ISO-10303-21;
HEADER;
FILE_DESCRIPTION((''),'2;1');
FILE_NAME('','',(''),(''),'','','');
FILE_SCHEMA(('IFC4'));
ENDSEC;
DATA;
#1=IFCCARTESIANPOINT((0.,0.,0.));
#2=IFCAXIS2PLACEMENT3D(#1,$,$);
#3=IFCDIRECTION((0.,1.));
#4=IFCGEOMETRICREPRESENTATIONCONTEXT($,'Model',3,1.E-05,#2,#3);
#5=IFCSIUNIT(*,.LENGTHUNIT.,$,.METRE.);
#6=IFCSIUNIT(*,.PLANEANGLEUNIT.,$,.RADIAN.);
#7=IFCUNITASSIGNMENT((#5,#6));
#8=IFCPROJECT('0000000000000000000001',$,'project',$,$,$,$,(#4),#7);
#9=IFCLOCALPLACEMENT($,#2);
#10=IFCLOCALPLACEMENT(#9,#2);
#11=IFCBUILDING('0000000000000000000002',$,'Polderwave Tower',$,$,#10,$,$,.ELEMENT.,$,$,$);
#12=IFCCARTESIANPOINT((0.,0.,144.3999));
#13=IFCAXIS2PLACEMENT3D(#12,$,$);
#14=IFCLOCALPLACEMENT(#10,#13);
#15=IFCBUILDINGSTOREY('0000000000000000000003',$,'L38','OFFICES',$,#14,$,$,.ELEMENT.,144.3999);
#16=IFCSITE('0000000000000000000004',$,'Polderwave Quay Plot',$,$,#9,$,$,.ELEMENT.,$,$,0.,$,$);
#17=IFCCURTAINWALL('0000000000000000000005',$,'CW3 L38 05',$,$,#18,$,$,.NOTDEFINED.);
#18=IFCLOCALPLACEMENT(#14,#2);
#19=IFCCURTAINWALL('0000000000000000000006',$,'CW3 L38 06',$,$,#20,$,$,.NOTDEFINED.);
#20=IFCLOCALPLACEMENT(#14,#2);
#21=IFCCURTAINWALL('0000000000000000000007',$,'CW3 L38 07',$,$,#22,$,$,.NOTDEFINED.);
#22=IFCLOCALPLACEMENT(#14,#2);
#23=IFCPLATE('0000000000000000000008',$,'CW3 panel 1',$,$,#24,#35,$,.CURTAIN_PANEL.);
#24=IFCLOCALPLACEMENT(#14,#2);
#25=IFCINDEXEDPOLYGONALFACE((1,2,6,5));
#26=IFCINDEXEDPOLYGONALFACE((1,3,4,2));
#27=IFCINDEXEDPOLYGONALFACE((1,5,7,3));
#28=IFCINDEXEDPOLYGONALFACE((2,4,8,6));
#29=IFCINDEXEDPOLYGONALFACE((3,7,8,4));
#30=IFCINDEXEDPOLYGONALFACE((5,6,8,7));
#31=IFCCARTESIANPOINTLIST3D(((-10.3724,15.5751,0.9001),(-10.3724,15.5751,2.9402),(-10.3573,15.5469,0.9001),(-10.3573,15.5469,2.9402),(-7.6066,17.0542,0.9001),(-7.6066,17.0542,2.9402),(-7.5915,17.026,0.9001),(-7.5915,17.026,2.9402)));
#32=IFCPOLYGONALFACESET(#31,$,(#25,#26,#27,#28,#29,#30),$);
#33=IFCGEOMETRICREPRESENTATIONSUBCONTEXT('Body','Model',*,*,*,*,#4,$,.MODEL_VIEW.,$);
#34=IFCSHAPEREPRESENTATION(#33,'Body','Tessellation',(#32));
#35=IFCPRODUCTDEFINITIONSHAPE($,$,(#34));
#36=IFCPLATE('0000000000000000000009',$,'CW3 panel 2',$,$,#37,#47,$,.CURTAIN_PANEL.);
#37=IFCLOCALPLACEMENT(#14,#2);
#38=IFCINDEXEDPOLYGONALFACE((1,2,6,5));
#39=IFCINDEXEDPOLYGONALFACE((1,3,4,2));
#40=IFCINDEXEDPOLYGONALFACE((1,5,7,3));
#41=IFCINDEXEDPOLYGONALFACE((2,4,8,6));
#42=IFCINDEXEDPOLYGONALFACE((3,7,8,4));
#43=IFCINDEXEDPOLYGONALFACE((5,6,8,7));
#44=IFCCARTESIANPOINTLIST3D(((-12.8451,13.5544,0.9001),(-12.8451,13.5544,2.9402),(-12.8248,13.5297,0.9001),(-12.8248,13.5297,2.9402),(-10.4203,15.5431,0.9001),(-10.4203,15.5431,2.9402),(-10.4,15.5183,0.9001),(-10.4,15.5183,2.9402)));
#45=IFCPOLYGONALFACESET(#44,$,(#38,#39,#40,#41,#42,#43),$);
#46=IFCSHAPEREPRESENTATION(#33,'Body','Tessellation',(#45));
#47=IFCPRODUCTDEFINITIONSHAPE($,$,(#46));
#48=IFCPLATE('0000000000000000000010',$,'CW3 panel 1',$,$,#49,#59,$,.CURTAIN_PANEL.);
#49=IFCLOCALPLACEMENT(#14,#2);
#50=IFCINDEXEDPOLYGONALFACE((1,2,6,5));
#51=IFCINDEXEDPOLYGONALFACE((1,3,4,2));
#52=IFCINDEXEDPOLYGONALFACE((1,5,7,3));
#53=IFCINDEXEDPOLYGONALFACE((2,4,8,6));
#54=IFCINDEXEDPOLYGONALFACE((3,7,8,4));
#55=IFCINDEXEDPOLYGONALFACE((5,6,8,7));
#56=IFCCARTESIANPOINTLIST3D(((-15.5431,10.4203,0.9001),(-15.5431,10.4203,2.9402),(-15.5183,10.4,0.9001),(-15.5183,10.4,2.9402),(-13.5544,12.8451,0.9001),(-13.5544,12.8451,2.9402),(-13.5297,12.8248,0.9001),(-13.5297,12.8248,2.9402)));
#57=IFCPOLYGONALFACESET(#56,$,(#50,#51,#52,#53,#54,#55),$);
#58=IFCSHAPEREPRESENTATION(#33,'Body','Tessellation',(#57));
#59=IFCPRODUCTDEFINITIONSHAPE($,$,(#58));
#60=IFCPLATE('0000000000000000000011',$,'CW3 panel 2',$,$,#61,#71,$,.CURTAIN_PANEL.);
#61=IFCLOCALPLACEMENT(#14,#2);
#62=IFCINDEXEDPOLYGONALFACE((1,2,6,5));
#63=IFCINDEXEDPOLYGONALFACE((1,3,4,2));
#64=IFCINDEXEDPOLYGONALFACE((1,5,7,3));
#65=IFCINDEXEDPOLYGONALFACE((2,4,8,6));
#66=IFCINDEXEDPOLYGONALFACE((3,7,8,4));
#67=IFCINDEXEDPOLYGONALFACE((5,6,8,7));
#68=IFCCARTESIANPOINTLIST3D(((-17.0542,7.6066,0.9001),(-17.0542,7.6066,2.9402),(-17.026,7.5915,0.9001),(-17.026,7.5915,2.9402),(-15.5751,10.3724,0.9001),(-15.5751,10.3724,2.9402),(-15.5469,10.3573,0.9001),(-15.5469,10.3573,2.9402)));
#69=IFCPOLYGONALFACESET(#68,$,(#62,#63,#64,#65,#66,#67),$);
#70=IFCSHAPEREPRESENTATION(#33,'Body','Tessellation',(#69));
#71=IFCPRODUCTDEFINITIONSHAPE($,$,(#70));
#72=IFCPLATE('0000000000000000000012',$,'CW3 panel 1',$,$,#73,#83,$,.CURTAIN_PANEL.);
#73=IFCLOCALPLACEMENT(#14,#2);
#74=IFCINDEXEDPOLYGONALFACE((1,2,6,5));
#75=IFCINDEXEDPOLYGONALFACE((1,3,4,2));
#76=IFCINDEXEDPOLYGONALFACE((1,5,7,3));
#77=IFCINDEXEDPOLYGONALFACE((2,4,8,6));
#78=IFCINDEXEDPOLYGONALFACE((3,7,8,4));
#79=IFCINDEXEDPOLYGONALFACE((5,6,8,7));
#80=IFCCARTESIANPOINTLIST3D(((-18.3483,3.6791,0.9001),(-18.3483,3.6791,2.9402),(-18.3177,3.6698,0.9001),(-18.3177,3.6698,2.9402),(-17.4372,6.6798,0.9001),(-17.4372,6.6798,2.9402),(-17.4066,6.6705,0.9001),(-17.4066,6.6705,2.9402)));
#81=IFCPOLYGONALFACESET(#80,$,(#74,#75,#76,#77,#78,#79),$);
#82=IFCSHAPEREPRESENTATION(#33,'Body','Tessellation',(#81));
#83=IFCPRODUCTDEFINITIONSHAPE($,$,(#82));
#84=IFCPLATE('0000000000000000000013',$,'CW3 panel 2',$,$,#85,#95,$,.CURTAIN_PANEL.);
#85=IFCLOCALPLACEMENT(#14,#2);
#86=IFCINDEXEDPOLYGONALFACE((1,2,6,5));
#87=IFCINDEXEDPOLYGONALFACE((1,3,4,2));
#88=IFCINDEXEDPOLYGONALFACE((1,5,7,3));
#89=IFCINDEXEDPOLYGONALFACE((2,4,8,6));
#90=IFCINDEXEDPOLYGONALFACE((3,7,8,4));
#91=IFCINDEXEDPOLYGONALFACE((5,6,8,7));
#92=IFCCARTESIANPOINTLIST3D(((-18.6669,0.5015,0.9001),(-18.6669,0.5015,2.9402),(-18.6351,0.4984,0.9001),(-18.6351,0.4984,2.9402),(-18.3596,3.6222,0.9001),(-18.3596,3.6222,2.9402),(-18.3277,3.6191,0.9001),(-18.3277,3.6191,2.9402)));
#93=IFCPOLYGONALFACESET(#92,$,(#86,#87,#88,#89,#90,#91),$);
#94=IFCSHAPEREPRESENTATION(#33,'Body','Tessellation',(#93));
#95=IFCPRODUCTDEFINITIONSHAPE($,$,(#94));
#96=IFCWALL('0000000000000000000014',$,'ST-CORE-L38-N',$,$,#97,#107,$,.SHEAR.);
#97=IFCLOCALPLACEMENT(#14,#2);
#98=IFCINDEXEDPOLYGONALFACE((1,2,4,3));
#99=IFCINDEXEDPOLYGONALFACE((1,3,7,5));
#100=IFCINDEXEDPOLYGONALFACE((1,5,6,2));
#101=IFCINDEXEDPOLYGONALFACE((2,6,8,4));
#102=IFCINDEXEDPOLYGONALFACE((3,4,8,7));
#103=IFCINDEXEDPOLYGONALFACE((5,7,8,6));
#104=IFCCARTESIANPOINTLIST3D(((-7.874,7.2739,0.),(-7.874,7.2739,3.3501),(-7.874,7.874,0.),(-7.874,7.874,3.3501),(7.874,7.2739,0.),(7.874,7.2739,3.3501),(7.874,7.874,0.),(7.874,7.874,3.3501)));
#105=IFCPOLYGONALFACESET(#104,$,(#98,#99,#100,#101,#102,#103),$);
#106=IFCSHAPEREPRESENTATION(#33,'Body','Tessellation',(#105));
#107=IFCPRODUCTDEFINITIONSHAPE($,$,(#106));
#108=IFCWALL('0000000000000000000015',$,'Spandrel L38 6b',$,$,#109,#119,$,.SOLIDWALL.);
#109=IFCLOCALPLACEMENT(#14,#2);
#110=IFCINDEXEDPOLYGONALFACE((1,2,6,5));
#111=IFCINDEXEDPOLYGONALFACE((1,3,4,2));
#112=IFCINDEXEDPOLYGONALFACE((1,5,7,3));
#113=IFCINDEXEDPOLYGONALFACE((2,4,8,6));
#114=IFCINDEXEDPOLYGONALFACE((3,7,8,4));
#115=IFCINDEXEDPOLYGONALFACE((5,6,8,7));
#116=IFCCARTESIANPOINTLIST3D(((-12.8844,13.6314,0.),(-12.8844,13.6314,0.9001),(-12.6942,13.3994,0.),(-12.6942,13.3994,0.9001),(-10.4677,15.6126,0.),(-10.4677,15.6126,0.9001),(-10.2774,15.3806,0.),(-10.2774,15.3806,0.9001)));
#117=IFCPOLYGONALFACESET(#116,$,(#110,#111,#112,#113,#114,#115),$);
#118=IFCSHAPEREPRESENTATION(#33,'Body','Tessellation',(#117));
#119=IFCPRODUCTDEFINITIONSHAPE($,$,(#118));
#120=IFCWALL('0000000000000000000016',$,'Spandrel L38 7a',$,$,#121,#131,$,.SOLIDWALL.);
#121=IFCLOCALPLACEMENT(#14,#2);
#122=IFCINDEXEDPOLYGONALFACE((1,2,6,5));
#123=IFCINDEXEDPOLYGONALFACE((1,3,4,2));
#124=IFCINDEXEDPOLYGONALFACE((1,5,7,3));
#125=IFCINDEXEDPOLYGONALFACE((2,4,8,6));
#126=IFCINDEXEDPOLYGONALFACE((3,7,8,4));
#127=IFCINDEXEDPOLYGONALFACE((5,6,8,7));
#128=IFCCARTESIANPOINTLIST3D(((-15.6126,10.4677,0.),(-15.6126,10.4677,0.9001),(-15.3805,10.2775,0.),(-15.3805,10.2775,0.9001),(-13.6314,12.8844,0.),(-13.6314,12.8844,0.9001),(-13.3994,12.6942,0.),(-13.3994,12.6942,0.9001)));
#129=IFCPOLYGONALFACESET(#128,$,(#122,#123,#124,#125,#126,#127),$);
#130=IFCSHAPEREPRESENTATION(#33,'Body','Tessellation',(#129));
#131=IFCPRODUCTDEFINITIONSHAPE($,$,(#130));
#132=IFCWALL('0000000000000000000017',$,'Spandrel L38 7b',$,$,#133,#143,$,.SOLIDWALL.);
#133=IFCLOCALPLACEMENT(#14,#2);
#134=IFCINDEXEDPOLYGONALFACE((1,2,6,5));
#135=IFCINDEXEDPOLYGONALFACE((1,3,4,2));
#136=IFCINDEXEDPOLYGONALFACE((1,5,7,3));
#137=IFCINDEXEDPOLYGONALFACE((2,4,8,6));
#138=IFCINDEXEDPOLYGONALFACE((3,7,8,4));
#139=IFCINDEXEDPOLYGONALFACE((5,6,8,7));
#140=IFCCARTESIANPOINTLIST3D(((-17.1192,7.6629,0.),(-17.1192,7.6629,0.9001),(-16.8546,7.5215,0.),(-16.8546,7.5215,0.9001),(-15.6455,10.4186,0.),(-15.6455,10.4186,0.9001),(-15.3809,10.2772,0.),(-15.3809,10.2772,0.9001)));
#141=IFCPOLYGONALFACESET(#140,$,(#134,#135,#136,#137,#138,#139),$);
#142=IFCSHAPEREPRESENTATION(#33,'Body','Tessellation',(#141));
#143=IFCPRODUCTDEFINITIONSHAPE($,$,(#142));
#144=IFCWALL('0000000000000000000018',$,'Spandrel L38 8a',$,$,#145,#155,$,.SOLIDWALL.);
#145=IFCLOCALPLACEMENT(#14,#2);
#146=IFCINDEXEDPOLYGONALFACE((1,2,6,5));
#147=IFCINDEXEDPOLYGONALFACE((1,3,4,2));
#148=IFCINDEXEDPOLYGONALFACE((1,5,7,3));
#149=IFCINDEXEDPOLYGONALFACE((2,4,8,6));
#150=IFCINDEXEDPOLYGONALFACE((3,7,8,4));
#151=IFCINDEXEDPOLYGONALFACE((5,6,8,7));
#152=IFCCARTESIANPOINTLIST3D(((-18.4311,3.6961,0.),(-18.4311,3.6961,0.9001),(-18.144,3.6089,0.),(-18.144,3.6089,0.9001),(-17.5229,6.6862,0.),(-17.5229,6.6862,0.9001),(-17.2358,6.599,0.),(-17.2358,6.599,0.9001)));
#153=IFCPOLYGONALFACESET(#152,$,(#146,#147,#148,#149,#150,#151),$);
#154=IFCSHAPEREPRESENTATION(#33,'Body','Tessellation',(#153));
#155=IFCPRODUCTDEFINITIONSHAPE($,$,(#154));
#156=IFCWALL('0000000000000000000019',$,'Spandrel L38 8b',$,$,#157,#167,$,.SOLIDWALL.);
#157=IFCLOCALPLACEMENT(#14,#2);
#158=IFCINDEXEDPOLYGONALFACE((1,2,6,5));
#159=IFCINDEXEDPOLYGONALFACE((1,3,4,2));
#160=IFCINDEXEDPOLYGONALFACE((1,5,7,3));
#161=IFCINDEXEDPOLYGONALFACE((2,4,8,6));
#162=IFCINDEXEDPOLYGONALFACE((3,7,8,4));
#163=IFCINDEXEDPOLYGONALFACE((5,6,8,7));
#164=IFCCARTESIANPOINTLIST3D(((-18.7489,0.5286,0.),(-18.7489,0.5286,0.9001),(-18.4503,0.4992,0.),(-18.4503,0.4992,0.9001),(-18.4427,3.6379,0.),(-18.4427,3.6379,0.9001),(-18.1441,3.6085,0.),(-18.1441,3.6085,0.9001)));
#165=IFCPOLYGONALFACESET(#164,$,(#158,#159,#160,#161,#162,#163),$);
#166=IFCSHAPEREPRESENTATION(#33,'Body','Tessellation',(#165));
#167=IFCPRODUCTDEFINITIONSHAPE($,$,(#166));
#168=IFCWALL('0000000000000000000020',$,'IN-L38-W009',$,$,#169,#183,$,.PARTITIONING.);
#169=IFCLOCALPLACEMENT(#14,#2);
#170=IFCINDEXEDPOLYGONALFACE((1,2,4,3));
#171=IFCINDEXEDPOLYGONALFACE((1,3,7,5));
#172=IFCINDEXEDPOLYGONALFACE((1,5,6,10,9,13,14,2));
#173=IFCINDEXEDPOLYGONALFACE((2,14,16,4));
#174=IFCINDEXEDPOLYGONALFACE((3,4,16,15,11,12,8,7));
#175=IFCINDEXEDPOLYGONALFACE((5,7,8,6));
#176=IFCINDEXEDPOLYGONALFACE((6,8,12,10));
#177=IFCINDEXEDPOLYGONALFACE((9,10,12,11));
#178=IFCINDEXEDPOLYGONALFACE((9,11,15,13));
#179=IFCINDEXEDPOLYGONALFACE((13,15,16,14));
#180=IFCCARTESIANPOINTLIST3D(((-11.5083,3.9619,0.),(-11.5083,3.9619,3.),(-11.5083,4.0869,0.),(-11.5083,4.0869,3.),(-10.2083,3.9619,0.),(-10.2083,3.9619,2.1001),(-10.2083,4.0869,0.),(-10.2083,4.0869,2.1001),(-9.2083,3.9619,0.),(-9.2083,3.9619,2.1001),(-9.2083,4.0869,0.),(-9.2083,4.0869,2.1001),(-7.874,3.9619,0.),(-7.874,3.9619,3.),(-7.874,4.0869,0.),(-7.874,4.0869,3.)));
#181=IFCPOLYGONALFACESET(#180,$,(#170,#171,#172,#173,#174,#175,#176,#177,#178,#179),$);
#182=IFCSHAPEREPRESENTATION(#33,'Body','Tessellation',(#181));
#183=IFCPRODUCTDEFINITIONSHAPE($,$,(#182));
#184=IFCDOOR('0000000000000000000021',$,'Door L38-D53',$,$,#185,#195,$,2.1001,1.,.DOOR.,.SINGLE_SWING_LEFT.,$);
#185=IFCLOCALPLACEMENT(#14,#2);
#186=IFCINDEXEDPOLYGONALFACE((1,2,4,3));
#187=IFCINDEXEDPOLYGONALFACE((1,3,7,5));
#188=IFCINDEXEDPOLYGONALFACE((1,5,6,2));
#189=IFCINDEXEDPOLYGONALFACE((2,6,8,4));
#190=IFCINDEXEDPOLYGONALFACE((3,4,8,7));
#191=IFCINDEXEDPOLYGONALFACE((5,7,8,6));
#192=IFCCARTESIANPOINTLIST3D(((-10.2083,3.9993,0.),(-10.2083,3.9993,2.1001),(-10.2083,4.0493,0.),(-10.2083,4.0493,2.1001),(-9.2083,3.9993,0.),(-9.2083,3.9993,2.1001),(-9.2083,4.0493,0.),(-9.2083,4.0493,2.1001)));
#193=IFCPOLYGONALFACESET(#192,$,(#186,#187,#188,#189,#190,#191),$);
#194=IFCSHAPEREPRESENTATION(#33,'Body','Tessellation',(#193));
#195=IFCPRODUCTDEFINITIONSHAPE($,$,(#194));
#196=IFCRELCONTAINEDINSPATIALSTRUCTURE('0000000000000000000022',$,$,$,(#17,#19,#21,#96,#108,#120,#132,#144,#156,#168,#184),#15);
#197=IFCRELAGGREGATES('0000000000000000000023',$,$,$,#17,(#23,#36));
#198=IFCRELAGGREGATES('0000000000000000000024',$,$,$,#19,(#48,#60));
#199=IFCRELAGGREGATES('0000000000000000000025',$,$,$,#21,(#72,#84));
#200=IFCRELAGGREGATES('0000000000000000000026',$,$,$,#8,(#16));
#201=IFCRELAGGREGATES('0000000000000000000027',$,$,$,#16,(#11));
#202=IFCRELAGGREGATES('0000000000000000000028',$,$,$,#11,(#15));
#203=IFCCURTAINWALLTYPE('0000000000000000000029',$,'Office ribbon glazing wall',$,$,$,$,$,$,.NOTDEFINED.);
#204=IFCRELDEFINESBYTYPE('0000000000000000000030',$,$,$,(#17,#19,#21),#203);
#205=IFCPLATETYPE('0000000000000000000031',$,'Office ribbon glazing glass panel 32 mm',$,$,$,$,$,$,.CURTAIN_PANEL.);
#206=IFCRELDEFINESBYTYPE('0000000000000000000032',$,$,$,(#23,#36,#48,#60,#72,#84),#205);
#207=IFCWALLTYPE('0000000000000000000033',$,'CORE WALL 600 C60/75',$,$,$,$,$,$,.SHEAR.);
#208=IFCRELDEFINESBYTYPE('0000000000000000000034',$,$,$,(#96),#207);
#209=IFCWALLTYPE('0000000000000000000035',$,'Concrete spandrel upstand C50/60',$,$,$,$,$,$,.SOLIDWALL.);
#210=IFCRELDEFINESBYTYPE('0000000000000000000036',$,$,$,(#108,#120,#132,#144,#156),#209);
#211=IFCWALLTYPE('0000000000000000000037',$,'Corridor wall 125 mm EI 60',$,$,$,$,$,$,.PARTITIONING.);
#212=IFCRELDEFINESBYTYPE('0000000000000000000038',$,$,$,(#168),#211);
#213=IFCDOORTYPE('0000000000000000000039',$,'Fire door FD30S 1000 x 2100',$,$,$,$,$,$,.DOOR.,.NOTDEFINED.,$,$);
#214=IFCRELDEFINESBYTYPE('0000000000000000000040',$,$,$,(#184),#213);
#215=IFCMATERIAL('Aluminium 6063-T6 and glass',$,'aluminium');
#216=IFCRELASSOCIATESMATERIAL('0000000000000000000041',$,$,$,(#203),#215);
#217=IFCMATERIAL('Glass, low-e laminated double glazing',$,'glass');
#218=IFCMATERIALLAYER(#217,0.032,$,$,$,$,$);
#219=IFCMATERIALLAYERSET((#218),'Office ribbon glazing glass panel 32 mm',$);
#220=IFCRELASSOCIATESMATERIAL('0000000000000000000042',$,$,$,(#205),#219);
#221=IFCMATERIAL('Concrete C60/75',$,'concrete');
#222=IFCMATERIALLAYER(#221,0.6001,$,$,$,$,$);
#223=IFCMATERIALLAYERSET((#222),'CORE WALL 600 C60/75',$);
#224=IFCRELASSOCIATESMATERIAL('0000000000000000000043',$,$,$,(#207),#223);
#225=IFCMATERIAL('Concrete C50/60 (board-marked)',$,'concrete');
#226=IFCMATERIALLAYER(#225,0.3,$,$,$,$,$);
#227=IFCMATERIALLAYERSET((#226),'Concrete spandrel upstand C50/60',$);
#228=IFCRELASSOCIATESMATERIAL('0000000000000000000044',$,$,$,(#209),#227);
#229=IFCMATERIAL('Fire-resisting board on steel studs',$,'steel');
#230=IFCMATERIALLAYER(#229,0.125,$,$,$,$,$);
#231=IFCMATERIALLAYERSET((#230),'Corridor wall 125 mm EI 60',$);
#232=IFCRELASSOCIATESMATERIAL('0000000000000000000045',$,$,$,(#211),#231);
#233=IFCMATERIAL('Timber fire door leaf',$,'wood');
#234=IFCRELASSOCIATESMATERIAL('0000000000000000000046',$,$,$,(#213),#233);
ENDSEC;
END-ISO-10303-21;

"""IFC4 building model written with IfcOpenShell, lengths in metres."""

from ifc_helpers import new_model, si_unit, direction, frame, frame_2d, origin, origin_2d, place, context, subcontext, project, spatial, rectangle, extrude, material, layer, layer_set, type_object, element, fill, aggregate, save


model = new_model("IFC4")

# Units and contexts
model_context = context("Model", 3, precision=1e-05, world=origin(), true_north=direction((0.0, 1.0)))
body_context = subcontext(model_context, "Body", "Model", "MODEL_VIEW")
ifc_project = project(units=[si_unit("LENGTHUNIT", "METRE"), si_unit("PLANEANGLEUNIT", "RADIAN")], contexts=[model_context])

# Site, building, storey
site_placement = place(None, origin())
site = spatial("IfcSite", under=ifc_project, at=site_placement, Name="Polderwave Quay Plot", CompositionType="ELEMENT", RefElevation=0.0)
building_placement = place(site_placement, origin())
building = spatial("IfcBuilding", under=site, at=building_placement, Name="Polderwave Tower", CompositionType="ELEMENT")
storey_placement = place(building_placement, frame((0.0, 0.0, 144.3999)))
storey = spatial("IfcBuildingStorey", under=building, at=storey_placement, Name="L38", Description="OFFICES", CompositionType="ELEMENT", Elevation=144.3999)

# Shared definitions
ifc_material_1 = material(Name="Concrete C60/75", Category="concrete")

# Curtain walls
ifc_material_2 = material(Name="Aluminium 6063-T6 and glass", Category="aluminium")
curtain_wall_type = type_object("IfcCurtainWallType", Name="Office ribbon glazing wall", PredefinedType="NOTDEFINED", material=ifc_material_2)
curtain_wall_1_placement = place(storey_placement, origin())
curtain_wall_1 = element("IfcCurtainWall", 1, at=curtain_wall_1_placement, inside=storey, type_object=curtain_wall_type, Name="CW3 L38 05", PredefinedType="NOTDEFINED")
curtain_wall_2_placement = place(storey_placement, origin())
curtain_wall_2 = element("IfcCurtainWall", 2, at=curtain_wall_2_placement, inside=storey, type_object=curtain_wall_type, Name="CW3 L38 06", PredefinedType="NOTDEFINED")
curtain_wall_3_placement = place(storey_placement, origin())
curtain_wall_3 = element("IfcCurtainWall", 3, at=curtain_wall_3_placement, inside=storey, type_object=curtain_wall_type, Name="CW3 L38 07", PredefinedType="NOTDEFINED")

# Plates
ifc_material_3 = material(Name="Glass, low-e laminated double glazing", Category="glass")
ifc_layer_1 = layer(ifc_material_3, 0.032)
ifc_layer_set_1 = layer_set([ifc_layer_1], Name="Office ribbon glazing glass panel 32 mm")
plate_type = type_object("IfcPlateType", Name="Office ribbon glazing glass panel 32 mm", PredefinedType="CURTAIN_PANEL", material=ifc_layer_set_1)
plate_1_placement = place(storey_placement, frame((-8.9819, 16.3005, 0.9001), z_axis=(0.0, 0.0, 1.0), x_axis=(-0.881827, -0.471572, 0.0)))
plate_1 = element("IfcPlate", 4, at=plate_1_placement, type_object=plate_type, Name="CW3 panel 1", PredefinedType="CURTAIN_PANEL", context=body_context, shape_type="SweptSolid", body=[
    extrude(rectangle(XDim=3.1365, YDim=0.032, at=origin_2d()), origin(), (0.0, 0.0, 1.0), 2.04),
])
plate_2_placement = place(storey_placement, frame((-11.6226, 14.5364, 0.9001), z_axis=(0.0, 0.0, 1.0), x_axis=(-0.773224, -0.634133, 0.0)))
plate_2 = element("IfcPlate", 5, at=plate_2_placement, type_object=plate_type, Name="CW3 panel 2", PredefinedType="CURTAIN_PANEL", context=body_context, shape_type="SweptSolid", body=[
    extrude(rectangle(XDim=3.136, YDim=0.032, at=origin_2d()), origin(), (0.0, 0.0, 1.0), 2.04),
])
aggregate(curtain_wall_1, [plate_1, plate_2])
plate_3_placement = place(storey_placement, frame((-14.5364, 11.6226, 0.9001), z_axis=(0.0, 0.0, 1.0), x_axis=(-0.634133, -0.773224, 0.0)))
plate_3 = element("IfcPlate", 6, at=plate_3_placement, type_object=plate_type, Name="CW3 panel 1", PredefinedType="CURTAIN_PANEL", context=body_context, shape_type="SweptSolid", body=[
    extrude(rectangle(XDim=3.136, YDim=0.032, at=origin_2d()), origin(), (0.0, 0.0, 1.0), 2.04),
])
plate_4_placement = place(storey_placement, frame((-16.3005, 8.9819, 0.9001), z_axis=(0.0, 0.0, 1.0), x_axis=(-0.471572, -0.881827, 0.0)))
plate_4 = element("IfcPlate", 7, at=plate_4_placement, type_object=plate_type, Name="CW3 panel 2", PredefinedType="CURTAIN_PANEL", context=body_context, shape_type="SweptSolid", body=[
    extrude(rectangle(XDim=3.1365, YDim=0.032, at=origin_2d()), origin(), (0.0, 0.0, 1.0), 2.04),
])
aggregate(curtain_wall_2, [plate_3, plate_4])
plate_5_placement = place(storey_placement, frame((-17.8774, 5.1748, 0.9001), z_axis=(0.0, 0.0, 1.0), x_axis=(-0.290507, -0.956873, 0.0)))
plate_5 = element("IfcPlate", 8, at=plate_5_placement, type_object=plate_type, Name="CW3 panel 1", PredefinedType="CURTAIN_PANEL", context=body_context, shape_type="SweptSolid", body=[
    extrude(rectangle(XDim=3.136, YDim=0.032, at=origin_2d()), origin(), (0.0, 0.0, 1.0), 2.04),
])
plate_6_placement = place(storey_placement, frame((-18.4973, 2.0603, 0.9001), z_axis=(0.0, 0.0, 1.0), x_axis=(-0.098002, -0.995186, 0.0)))
plate_6 = element("IfcPlate", 9, at=plate_6_placement, type_object=plate_type, Name="CW3 panel 2", PredefinedType="CURTAIN_PANEL", context=body_context, shape_type="SweptSolid", body=[
    extrude(rectangle(XDim=3.1357, YDim=0.032, at=origin_2d()), origin(), (0.0, 0.0, 1.0), 2.04),
])
aggregate(curtain_wall_3, [plate_5, plate_6])

# Walls
ifc_layer_2 = layer(ifc_material_1, 0.6001)
ifc_layer_set_2 = layer_set([ifc_layer_2], Name="CORE WALL 600 C60/75")
wall_type_1 = type_object("IfcWallType", Name="CORE WALL 600 C60/75", PredefinedType="SHEAR", material=ifc_layer_set_2)
wall_1_placement = place(storey_placement, frame((-7.874, 7.574, 0.0), z_axis=(0.0, 0.0, 1.0), x_axis=(1.0, 0.0, 0.0)))
element("IfcWall", 10, at=wall_1_placement, inside=storey, type_object=wall_type_1, Name="ST-CORE-L38-N", PredefinedType="SHEAR", context=body_context, shape_type="SweptSolid", body=[
    extrude(rectangle(XDim=15.748, YDim=0.6001, at=frame_2d((7.874, 0.0))), origin(), (0.0, 0.0, 1.0), 3.3501),
])
ifc_material_4 = material(Name="Concrete C50/60 (board-marked)", Category="concrete")
ifc_layer_3 = layer(ifc_material_4, 0.3)
ifc_layer_set_3 = layer_set([ifc_layer_3], Name="Concrete spandrel upstand C50/60")
wall_type_2 = type_object("IfcWallType", Name="Concrete spandrel upstand C50/60", PredefinedType="SOLIDWALL", material=ifc_layer_set_3)
for number, where, z_axis, x_axis, name in (
    (11, (-10.3726, 15.4966, 0.0), (0.0, 0.0, 1.0), (-0.773351, -0.633978, 0.0), "Spandrel L38 6b"),
    (12, (-13.5154, 12.7893, 0.0), (0.0, 0.0, 1.0), (-0.633978, -0.773351, 0.0), "Spandrel L38 7a"),
    (13, (-15.5132, 10.3479, 0.0), (0.0, 0.0, 1.0), (-0.471577, -0.881825, 0.0), "Spandrel L38 7b"),
    (14, (-17.3794, 6.6426, 0.0), (0.0, 0.0, 1.0), (-0.290614, -0.95684, 0.0), "Spandrel L38 8a"),
):
    element("IfcWall", number, at=place(storey_placement, frame(where, z_axis=z_axis, x_axis=x_axis)), inside=storey, type_object=wall_type_2, Name=name, PredefinedType="SOLIDWALL", context=body_context, shape_type="SweptSolid", body=[
        extrude(rectangle(XDim=3.125, YDim=0.3, at=frame_2d((1.5625, 0.0))), origin(), (0.0, 0.0, 1.0), 0.9001),
    ])
wall_2_placement = place(storey_placement, frame((-18.2935, 3.623, 0.0), z_axis=(0.0, 0.0, 1.0), x_axis=(-0.097995, -0.995187, 0.0)))
element("IfcWall", 15, at=wall_2_placement, inside=storey, type_object=wall_type_2, Name="Spandrel L38 8b", PredefinedType="SOLIDWALL", context=body_context, shape_type="SweptSolid", body=[
    extrude(rectangle(XDim=3.1243, YDim=0.3, at=frame_2d((1.562, 0.0))), origin(), (0.0, 0.0, 1.0), 0.9001),
])

# Wall, opening, door
ifc_material_5 = material(Name="Fire-resisting board on steel studs", Category="steel")
ifc_layer_4 = layer(ifc_material_5, 0.125)
ifc_layer_set_4 = layer_set([ifc_layer_4], Name="Corridor wall 125 mm EI 60")
wall_type_3 = type_object("IfcWallType", Name="Corridor wall 125 mm EI 60", PredefinedType="PARTITIONING", material=ifc_layer_set_4)
wall_3_placement = place(storey_placement, frame((-11.5083, 4.0244, 0.0), z_axis=(0.0, 0.0, 1.0), x_axis=(1.0, 0.0, 0.0)))
wall_3 = element("IfcWall", 16, at=wall_3_placement, inside=storey, type_object=wall_type_3, Name="IN-L38-W009", PredefinedType="PARTITIONING", context=body_context, shape_type="SweptSolid", body=[
    extrude(rectangle(XDim=3.6343, YDim=0.125, at=frame_2d((1.8171, 0.0))), origin(), (0.0, 0.0, 1.0), 3.0),
])
opening_1_placement = place(wall_3_placement, frame((1.3, 0.0, 0.0)))
opening_1 = element("IfcOpeningElement", 17, at=opening_1_placement, cuts=wall_3, PredefinedType="OPENING", context=body_context, shape_type="SweptSolid", body=[
    extrude(rectangle(XDim=1.0, YDim=2.1001, at=frame_2d((0.5, 1.05))), frame((0.0, 0.0725, 0.0), z_axis=(0.0, -1.0, 0.0), x_axis=(1.0, 0.0, 0.0)), (0.0, 0.0, 1.0), 0.145),
])
ifc_material_6 = material(Name="Timber fire door leaf", Category="wood")
door_type_1 = type_object("IfcDoorType", Name="Fire door FD30S 1000 x 2100", OperationType="NOTDEFINED", PredefinedType="DOOR", material=ifc_material_6)
door_1_placement = place(opening_1_placement, origin())
door_1 = element("IfcDoor", 18, at=door_1_placement, inside=storey, type_object=door_type_1, Name="Door L38-D53", OperationType="SINGLE_SWING_LEFT", OverallHeight=2.1001, OverallWidth=1.0, PredefinedType="DOOR", context=body_context, shape_type="SweptSolid", body=[
    extrude(rectangle(XDim=1.0, YDim=2.1001, at=frame_2d((0.5, 1.05))), frame((0.0, 0.0249, 0.0), z_axis=(0.0, -1.0, 0.0), x_axis=(1.0, 0.0, 0.0)), (0.0, 0.0, 1.0), 0.05),
])
fill(opening_1, door_1)

save(model, "model.ifc")
